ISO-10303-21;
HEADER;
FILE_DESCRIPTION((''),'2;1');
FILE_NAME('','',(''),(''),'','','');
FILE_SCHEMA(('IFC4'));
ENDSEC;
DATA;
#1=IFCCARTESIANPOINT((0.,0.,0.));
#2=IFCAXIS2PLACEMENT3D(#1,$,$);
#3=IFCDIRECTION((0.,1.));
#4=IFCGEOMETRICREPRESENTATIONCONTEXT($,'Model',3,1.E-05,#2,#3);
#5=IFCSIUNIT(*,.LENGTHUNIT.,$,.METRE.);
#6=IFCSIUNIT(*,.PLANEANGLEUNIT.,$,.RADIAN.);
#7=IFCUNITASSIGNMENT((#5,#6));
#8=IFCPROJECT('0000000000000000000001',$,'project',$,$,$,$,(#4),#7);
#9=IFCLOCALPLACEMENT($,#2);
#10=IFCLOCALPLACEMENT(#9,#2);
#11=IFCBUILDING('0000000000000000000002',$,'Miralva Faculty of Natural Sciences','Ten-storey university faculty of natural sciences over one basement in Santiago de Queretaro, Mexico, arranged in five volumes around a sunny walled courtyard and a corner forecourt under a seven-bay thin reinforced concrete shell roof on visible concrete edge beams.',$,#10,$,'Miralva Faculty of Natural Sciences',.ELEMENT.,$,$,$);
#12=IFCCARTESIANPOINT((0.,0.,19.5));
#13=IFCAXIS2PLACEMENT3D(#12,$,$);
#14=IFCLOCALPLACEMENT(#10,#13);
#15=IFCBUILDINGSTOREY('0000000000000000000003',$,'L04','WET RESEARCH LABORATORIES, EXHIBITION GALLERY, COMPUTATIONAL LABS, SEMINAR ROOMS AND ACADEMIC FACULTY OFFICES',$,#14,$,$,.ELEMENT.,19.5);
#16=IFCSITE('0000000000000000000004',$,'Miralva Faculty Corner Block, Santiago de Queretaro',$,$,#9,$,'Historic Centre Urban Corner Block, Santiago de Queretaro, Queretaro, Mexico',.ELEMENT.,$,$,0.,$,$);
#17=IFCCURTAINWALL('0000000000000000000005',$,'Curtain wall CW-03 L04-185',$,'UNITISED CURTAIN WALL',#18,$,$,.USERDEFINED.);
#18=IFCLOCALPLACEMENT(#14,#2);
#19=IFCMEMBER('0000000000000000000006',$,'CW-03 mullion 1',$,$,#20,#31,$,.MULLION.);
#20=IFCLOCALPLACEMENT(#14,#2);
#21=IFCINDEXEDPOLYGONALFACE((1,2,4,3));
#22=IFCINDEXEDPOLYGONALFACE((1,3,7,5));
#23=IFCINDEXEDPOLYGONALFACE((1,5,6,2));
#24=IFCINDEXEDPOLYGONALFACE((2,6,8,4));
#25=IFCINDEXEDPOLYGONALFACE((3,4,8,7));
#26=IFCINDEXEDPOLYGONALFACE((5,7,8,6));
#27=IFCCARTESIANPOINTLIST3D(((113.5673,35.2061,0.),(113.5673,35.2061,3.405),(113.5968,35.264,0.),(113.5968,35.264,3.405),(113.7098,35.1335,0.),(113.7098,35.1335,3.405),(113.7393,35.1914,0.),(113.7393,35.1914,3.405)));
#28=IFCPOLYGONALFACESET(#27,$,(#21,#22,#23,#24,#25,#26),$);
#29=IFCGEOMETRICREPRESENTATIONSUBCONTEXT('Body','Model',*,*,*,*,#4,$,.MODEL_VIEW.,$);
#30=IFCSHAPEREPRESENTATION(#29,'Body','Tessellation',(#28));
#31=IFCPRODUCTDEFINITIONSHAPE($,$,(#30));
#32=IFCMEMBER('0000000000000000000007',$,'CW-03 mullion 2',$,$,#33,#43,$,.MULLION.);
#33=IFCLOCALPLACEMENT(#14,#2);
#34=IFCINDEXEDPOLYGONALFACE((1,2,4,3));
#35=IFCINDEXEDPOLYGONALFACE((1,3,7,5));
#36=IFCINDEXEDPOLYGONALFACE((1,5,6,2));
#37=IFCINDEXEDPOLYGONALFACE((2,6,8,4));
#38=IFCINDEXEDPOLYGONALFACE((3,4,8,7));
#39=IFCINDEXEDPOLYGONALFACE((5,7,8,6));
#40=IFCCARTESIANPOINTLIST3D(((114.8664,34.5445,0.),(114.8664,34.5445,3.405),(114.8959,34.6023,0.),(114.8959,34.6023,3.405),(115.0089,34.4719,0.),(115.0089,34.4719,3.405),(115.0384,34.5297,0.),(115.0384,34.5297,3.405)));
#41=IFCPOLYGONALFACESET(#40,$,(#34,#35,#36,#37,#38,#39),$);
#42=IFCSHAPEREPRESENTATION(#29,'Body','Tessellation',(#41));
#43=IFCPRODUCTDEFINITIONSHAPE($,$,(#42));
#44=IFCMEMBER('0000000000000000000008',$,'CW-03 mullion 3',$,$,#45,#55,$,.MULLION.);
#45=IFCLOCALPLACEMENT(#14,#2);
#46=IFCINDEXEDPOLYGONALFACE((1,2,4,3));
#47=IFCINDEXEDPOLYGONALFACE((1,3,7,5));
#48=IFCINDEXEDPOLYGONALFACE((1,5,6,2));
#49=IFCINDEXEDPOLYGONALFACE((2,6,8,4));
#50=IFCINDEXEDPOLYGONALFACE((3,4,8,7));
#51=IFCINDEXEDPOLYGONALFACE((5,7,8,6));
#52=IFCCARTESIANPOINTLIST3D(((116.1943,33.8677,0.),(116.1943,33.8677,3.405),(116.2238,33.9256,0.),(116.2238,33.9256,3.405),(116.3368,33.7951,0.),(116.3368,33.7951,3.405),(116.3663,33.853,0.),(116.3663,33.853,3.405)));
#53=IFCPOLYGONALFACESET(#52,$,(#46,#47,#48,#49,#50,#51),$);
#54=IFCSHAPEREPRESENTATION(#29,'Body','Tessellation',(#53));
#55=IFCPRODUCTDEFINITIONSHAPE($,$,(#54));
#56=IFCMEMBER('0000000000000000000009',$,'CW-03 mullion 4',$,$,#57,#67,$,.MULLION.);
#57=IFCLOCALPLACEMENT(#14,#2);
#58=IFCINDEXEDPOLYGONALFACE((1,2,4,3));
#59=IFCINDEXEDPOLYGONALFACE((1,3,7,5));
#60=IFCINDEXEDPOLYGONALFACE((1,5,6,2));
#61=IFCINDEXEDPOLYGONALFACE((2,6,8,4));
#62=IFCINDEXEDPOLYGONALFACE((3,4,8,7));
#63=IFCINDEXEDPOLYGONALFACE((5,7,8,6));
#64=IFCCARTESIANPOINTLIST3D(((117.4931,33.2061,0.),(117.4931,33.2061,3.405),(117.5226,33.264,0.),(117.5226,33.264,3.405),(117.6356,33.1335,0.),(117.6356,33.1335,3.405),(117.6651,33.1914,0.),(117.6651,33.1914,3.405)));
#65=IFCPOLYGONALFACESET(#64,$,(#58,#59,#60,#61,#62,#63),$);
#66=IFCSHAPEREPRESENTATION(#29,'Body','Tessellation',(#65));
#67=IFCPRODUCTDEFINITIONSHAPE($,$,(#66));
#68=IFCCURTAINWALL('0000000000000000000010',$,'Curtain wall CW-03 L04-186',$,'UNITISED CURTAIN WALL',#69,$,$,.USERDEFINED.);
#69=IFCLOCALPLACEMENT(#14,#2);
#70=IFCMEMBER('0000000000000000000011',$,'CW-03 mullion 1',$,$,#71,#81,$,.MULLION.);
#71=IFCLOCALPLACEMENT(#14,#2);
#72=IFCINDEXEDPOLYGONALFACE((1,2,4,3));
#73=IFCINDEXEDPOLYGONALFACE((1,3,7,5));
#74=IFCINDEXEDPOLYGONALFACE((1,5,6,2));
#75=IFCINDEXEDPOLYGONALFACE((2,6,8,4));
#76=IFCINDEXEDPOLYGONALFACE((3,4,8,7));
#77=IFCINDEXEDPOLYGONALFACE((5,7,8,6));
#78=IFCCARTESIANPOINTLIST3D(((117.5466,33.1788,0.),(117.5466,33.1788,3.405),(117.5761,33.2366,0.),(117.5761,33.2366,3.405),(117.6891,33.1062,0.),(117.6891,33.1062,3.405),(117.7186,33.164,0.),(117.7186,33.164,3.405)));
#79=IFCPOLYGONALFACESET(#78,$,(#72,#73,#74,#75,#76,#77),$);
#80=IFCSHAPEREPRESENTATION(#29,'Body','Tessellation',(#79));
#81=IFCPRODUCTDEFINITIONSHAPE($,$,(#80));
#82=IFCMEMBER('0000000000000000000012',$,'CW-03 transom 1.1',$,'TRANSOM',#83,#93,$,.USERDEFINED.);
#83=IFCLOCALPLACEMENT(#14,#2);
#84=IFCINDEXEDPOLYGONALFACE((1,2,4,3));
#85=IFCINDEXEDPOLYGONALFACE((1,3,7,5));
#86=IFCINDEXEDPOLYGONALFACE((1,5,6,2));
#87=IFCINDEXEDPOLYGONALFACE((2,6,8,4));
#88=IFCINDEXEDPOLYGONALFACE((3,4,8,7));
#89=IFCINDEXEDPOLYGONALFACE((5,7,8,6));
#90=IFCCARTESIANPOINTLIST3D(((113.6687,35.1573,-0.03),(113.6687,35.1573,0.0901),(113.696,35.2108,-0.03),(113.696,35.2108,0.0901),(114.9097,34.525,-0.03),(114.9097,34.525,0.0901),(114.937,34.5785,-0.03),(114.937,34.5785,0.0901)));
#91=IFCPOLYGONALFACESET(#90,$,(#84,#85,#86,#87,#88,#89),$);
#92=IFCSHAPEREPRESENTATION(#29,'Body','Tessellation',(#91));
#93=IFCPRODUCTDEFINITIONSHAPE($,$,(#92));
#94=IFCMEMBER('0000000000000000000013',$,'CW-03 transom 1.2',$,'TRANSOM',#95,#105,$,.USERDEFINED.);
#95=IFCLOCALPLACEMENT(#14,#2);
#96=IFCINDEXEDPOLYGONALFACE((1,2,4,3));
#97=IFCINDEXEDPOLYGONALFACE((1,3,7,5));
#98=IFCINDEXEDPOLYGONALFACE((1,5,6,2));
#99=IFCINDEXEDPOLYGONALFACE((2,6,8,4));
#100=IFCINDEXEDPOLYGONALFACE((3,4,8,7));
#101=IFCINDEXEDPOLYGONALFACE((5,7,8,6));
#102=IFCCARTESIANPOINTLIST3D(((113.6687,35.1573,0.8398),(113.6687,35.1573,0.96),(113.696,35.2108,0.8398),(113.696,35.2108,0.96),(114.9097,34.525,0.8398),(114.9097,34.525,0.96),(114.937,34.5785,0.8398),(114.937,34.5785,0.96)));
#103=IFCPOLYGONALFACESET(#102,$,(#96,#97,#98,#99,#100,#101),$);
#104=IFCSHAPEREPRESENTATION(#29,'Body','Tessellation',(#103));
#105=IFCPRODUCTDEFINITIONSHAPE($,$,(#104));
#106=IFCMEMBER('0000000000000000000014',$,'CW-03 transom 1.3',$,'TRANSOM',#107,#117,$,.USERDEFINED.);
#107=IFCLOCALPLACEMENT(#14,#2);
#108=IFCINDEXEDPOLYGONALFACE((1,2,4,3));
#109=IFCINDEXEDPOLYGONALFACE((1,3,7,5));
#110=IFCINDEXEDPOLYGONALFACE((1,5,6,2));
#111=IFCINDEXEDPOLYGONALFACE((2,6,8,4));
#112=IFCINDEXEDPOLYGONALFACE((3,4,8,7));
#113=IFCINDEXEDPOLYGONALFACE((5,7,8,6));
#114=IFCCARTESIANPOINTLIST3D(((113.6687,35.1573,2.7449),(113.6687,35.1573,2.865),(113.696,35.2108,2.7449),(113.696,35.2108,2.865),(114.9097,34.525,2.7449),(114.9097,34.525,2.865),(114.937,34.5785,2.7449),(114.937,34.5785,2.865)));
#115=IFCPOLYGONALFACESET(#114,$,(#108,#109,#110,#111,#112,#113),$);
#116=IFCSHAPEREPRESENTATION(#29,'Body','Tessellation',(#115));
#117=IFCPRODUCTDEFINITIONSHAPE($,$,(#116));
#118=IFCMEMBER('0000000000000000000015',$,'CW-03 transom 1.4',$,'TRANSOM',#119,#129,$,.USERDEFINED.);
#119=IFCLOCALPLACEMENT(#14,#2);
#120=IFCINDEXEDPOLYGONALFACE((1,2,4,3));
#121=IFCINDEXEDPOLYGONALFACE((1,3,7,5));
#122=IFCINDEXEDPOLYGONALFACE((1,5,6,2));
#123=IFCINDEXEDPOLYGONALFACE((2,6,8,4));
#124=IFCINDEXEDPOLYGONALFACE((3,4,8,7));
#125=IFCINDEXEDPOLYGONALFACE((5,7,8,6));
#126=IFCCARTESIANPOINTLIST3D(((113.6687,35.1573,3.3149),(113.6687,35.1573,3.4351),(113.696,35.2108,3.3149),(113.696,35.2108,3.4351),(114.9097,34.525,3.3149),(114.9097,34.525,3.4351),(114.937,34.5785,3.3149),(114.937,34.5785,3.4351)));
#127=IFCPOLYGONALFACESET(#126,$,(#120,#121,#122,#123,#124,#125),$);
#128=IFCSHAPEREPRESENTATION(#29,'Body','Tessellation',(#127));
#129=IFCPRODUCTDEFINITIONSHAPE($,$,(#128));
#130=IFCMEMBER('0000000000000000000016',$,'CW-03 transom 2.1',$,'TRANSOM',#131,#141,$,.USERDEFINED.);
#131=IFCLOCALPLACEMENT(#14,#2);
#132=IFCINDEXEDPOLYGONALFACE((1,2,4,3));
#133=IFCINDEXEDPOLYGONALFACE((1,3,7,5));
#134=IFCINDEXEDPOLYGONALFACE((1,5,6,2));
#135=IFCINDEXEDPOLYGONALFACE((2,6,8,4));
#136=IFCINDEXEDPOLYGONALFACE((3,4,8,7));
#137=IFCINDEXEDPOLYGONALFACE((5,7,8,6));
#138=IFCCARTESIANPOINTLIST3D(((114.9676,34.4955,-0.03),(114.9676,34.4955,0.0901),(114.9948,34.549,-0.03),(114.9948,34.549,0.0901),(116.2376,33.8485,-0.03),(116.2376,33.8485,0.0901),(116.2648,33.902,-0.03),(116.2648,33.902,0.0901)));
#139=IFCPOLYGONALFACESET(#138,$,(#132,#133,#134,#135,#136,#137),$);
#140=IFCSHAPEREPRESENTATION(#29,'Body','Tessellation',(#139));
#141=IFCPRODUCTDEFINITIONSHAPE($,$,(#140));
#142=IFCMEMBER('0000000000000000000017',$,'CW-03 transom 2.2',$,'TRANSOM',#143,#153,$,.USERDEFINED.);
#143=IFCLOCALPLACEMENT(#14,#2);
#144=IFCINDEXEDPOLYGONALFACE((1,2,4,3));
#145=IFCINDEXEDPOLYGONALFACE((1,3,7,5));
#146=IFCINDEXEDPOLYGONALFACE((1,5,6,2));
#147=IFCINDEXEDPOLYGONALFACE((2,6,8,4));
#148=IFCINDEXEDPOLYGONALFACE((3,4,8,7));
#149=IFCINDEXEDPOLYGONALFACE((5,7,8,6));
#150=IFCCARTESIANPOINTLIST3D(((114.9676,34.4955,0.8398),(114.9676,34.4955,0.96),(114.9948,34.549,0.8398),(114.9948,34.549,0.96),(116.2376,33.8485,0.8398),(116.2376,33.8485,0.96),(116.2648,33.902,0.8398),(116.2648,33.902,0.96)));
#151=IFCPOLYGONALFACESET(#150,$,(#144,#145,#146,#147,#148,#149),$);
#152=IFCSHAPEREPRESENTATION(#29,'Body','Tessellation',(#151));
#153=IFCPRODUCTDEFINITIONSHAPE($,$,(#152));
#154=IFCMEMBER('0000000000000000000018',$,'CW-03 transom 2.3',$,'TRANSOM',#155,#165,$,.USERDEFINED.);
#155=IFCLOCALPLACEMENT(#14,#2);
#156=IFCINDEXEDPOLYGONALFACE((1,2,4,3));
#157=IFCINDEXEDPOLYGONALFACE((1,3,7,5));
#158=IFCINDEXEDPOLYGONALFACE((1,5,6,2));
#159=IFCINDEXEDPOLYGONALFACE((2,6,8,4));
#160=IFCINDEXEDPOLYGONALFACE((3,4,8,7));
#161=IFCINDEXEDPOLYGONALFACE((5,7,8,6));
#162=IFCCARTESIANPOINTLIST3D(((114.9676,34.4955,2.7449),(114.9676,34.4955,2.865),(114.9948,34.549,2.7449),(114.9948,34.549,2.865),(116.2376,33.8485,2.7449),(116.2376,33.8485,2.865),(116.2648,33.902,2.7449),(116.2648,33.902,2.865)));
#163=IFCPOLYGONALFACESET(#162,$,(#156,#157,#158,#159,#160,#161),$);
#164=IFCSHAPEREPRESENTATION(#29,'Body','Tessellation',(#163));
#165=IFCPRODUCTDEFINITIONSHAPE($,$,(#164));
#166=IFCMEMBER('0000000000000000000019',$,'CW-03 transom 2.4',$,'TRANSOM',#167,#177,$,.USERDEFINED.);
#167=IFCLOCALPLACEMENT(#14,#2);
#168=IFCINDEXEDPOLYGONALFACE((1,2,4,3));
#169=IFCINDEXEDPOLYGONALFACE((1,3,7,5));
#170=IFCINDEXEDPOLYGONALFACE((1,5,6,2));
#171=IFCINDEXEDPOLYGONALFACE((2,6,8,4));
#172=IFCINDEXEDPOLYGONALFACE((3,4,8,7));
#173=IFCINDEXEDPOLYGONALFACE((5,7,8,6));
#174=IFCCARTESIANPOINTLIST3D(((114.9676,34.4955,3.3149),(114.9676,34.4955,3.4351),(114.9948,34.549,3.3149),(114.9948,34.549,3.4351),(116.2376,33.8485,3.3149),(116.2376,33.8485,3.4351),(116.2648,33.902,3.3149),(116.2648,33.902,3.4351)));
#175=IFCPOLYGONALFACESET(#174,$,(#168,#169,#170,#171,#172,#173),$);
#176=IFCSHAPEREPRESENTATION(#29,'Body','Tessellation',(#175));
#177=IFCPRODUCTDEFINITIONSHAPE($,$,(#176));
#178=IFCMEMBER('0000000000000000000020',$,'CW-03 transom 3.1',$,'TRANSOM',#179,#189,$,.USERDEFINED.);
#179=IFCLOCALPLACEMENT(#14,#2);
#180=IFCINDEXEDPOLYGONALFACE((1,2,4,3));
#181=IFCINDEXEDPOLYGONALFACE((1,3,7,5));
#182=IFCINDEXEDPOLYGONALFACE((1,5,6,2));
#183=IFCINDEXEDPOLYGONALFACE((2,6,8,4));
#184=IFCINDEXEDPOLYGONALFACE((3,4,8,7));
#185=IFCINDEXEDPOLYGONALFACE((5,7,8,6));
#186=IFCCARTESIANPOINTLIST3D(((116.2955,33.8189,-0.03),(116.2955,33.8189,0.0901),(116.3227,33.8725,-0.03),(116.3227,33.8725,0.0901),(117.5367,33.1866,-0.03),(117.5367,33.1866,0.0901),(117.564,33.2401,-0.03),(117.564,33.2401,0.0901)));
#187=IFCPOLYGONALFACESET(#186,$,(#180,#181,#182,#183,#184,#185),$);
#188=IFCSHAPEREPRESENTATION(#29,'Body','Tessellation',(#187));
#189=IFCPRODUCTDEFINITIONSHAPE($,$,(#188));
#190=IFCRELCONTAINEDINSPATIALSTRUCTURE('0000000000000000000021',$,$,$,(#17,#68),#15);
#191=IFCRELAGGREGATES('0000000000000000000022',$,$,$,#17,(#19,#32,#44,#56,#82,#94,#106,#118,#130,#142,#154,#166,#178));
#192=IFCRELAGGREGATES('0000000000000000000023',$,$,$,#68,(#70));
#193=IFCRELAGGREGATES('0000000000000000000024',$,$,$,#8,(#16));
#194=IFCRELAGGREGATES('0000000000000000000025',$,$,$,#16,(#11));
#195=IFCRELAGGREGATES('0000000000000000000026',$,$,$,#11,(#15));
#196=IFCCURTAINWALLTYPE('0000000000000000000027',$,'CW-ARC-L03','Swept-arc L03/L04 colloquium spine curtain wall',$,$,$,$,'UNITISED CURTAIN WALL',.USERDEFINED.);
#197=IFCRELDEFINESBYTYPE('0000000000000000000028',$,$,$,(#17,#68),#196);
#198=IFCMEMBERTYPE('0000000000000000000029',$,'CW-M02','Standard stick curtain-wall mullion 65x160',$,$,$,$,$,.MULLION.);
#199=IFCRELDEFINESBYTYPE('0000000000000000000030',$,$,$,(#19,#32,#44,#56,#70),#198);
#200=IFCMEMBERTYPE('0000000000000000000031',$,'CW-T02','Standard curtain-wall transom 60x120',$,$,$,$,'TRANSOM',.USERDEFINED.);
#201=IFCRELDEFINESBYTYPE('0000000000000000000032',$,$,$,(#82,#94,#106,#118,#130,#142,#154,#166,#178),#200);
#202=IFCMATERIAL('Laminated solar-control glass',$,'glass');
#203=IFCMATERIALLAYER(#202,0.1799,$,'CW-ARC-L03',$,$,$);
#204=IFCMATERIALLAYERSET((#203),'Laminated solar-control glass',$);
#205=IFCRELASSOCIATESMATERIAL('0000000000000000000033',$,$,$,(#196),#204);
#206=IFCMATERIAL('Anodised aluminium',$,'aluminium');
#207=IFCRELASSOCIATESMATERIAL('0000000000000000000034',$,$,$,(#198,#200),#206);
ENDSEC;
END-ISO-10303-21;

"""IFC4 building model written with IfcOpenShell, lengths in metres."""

from ifc_helpers import new_model, si_unit, direction, frame, origin, origin_2d, place, context, subcontext, project, spatial, rectangle, extrude, material, layer, layer_set, material_profile, profile_set, type_object, element, aggregate, save


model = new_model("IFC4")

# Units and contexts
model_context = context("Model", 3, precision=1e-05, world=origin(), true_north=direction((0.0, 1.0)))
body_context = subcontext(model_context, "Body", "Model", "MODEL_VIEW")
ifc_project = project(units=[si_unit("LENGTHUNIT", "METRE"), si_unit("PLANEANGLEUNIT", "RADIAN")], contexts=[model_context])

# Site, building, storey
site_placement = place(None, origin())
site = spatial("IfcSite", under=ifc_project, at=site_placement, Name="Miralva Faculty Corner Block, Santiago de Queretaro", LongName="Historic Centre Urban Corner Block, Santiago de Queretaro, Queretaro, Mexico", CompositionType="ELEMENT", RefElevation=0.0)
building_placement = place(site_placement, origin())
building = spatial("IfcBuilding", under=site, at=building_placement, Name="Miralva Faculty of Natural Sciences", Description="Ten-storey university faculty of natural sciences over one basement in Santiago de Queretaro, Mexico, arranged in five volumes around a sunny walled courtyard and a corner forecourt under a seven-bay thin reinforced concrete shell roof on visible concrete edge beams.", LongName="Miralva Faculty of Natural Sciences", CompositionType="ELEMENT")
storey_placement = place(building_placement, frame((0.0, 0.0, 19.5)))
storey = spatial("IfcBuildingStorey", under=building, at=storey_placement, Name="L04", Description="WET RESEARCH LABORATORIES, EXHIBITION GALLERY, COMPUTATIONAL LABS, SEMINAR ROOMS AND ACADEMIC FACULTY OFFICES", CompositionType="ELEMENT", Elevation=19.5)

# Curtain wall, members
ifc_material_1 = material(Name="Laminated solar-control glass", Category="glass")
ifc_layer_1 = layer(ifc_material_1, 0.1799, Name="CW-ARC-L03")
ifc_layer_set_1 = layer_set([ifc_layer_1], Name="Laminated solar-control glass")
curtain_wall_type = type_object("IfcCurtainWallType", Name="CW-ARC-L03", Description="Swept-arc L03/L04 colloquium spine curtain wall", ElementType="UNITISED CURTAIN WALL", PredefinedType="USERDEFINED", material=ifc_layer_set_1)
curtain_wall_1_placement = place(storey_placement, origin())
curtain_wall_1 = element("IfcCurtainWall", 1, at=curtain_wall_1_placement, inside=storey, type_object=curtain_wall_type, Name="Curtain wall CW-03 L04-185", ObjectType="UNITISED CURTAIN WALL", PredefinedType="USERDEFINED")
ifc_material_2 = material(Name="Anodised aluminium", Category="aluminium")
ifc_material_profile_1 = material_profile(ifc_material_2, rectangle(XDim=0.0649, YDim=0.1599, at=origin_2d()), Name="MULLION 65x160")
ifc_profile_set_1 = profile_set([ifc_material_profile_1], Name="Anodised aluminium")
member_type_1 = type_object("IfcMemberType", Name="CW-M02", Description="Standard stick curtain-wall mullion 65x160", PredefinedType="MULLION", material=ifc_profile_set_1)
member_1_placement = place(storey_placement, frame((113.6533, 35.1987, 0.0), z_axis=(0.0, 0.0, 1.0), x_axis=(0.453973, 0.891015, 0.0)))
member_1 = element("IfcMember", 2, at=member_1_placement, type_object=member_type_1, Name="CW-03 mullion 1", PredefinedType="MULLION", context=body_context, shape_type="SweptSolid", body=[
    extrude(rectangle(XDim=0.0649, YDim=0.1599, at=origin_2d()), origin(), (0.0, 0.0, 1.0), 3.405),
])
member_2_placement = place(storey_placement, frame((114.9524, 34.5371, 0.0), z_axis=(0.0, 0.0, 1.0), x_axis=(0.453973, 0.891015, 0.0)))
member_2 = element("IfcMember", 3, at=member_2_placement, type_object=member_type_1, Name="CW-03 mullion 2", PredefinedType="MULLION", context=body_context, shape_type="SweptSolid", body=[
    extrude(rectangle(XDim=0.0649, YDim=0.1599, at=origin_2d()), origin(), (0.0, 0.0, 1.0), 3.405),
])
member_3_placement = place(storey_placement, frame((116.2803, 33.8604, 0.0), z_axis=(0.0, 0.0, 1.0), x_axis=(0.453973, 0.891015, 0.0)))
member_3 = element("IfcMember", 4, at=member_3_placement, type_object=member_type_1, Name="CW-03 mullion 3", PredefinedType="MULLION", context=body_context, shape_type="SweptSolid", body=[
    extrude(rectangle(XDim=0.0649, YDim=0.1599, at=origin_2d()), origin(), (0.0, 0.0, 1.0), 3.405),
])
member_4_placement = place(storey_placement, frame((117.5791, 33.1987, 0.0), z_axis=(0.0, 0.0, 1.0), x_axis=(0.453973, 0.891015, 0.0)))
member_4 = element("IfcMember", 5, at=member_4_placement, type_object=member_type_1, Name="CW-03 mullion 4", PredefinedType="MULLION", context=body_context, shape_type="SweptSolid", body=[
    extrude(rectangle(XDim=0.0649, YDim=0.1599, at=origin_2d()), origin(), (0.0, 0.0, 1.0), 3.405),
])

# Curtain wall, member
curtain_wall_2_placement = place(storey_placement, origin())
curtain_wall_2 = element("IfcCurtainWall", 6, at=curtain_wall_2_placement, inside=storey, type_object=curtain_wall_type, Name="Curtain wall CW-03 L04-186", ObjectType="UNITISED CURTAIN WALL", PredefinedType="USERDEFINED")
member_5_placement = place(storey_placement, frame((117.6326, 33.1714, 0.0), z_axis=(0.0, 0.0, 1.0), x_axis=(0.454001, 0.891001, 0.0)))
member_5 = element("IfcMember", 7, at=member_5_placement, type_object=member_type_1, Name="CW-03 mullion 1", PredefinedType="MULLION", context=body_context, shape_type="SweptSolid", body=[
    extrude(rectangle(XDim=0.0649, YDim=0.1599, at=origin_2d()), origin(), (0.0, 0.0, 1.0), 3.405),
])

# Members
ifc_material_profile_2 = material_profile(ifc_material_2, rectangle(XDim=0.0601, YDim=0.1201, at=origin_2d()), Name="TRANSOM 60x120")
ifc_profile_set_2 = profile_set([ifc_material_profile_2], Name="Anodised aluminium")
member_type_2 = type_object("IfcMemberType", Name="CW-T02", Description="Standard curtain-wall transom 60x120", ElementType="TRANSOM", PredefinedType="USERDEFINED", material=ifc_profile_set_2)
member_6_placement = place(storey_placement, frame((113.6824, 35.1841, 0.03), z_axis=(0.891001, -0.454002, 0.0), x_axis=(0.454002, 0.891001, 0.0)))
member_6 = element("IfcMember", 8, at=member_6_placement, type_object=member_type_2, Name="CW-03 transom 1.1", ObjectType="TRANSOM", PredefinedType="USERDEFINED", context=body_context, shape_type="SweptSolid", body=[
    extrude(rectangle(XDim=0.0601, YDim=0.1201, at=origin_2d()), origin(), (0.0, 0.0, 1.0), 1.3928),
])
member_7_placement = place(storey_placement, frame((113.6824, 35.1841, 0.8999), z_axis=(0.891001, -0.454002, 0.0), x_axis=(0.454002, 0.891001, 0.0)))
member_7 = element("IfcMember", 9, at=member_7_placement, type_object=member_type_2, Name="CW-03 transom 1.2", ObjectType="TRANSOM", PredefinedType="USERDEFINED", context=body_context, shape_type="SweptSolid", body=[
    extrude(rectangle(XDim=0.0601, YDim=0.1201, at=origin_2d()), origin(), (0.0, 0.0, 1.0), 1.3928),
])
member_8_placement = place(storey_placement, frame((113.6824, 35.1841, 2.8049), z_axis=(0.891001, -0.454002, 0.0), x_axis=(0.454002, 0.891001, 0.0)))
member_8 = element("IfcMember", 10, at=member_8_placement, type_object=member_type_2, Name="CW-03 transom 1.3", ObjectType="TRANSOM", PredefinedType="USERDEFINED", context=body_context, shape_type="SweptSolid", body=[
    extrude(rectangle(XDim=0.0601, YDim=0.1201, at=origin_2d()), origin(), (0.0, 0.0, 1.0), 1.3928),
])
member_9_placement = place(storey_placement, frame((113.6824, 35.1841, 3.375), z_axis=(0.891001, -0.454002, 0.0), x_axis=(0.454002, 0.891001, 0.0)))
member_9 = element("IfcMember", 11, at=member_9_placement, type_object=member_type_2, Name="CW-03 transom 1.4", ObjectType="TRANSOM", PredefinedType="USERDEFINED", context=body_context, shape_type="SweptSolid", body=[
    extrude(rectangle(XDim=0.0601, YDim=0.1201, at=origin_2d()), origin(), (0.0, 0.0, 1.0), 1.3928),
])
member_10_placement = place(storey_placement, frame((114.9812, 34.5222, 0.03), z_axis=(0.891045, -0.453916, 0.0), x_axis=(0.453916, 0.891045, 0.0)))
member_10 = element("IfcMember", 12, at=member_10_placement, type_object=member_type_2, Name="CW-03 transom 2.1", ObjectType="TRANSOM", PredefinedType="USERDEFINED", context=body_context, shape_type="SweptSolid", body=[
    extrude(rectangle(XDim=0.0601, YDim=0.1201, at=origin_2d()), origin(), (0.0, 0.0, 1.0), 1.4253),
])
member_11_placement = place(storey_placement, frame((114.9812, 34.5222, 0.8999), z_axis=(0.891045, -0.453916, 0.0), x_axis=(0.453916, 0.891045, 0.0)))
member_11 = element("IfcMember", 13, at=member_11_placement, type_object=member_type_2, Name="CW-03 transom 2.2", ObjectType="TRANSOM", PredefinedType="USERDEFINED", context=body_context, shape_type="SweptSolid", body=[
    extrude(rectangle(XDim=0.0601, YDim=0.1201, at=origin_2d()), origin(), (0.0, 0.0, 1.0), 1.4253),
])
member_12_placement = place(storey_placement, frame((114.9812, 34.5222, 2.8049), z_axis=(0.891045, -0.453916, 0.0), x_axis=(0.453916, 0.891045, 0.0)))
member_12 = element("IfcMember", 14, at=member_12_placement, type_object=member_type_2, Name="CW-03 transom 2.3", ObjectType="TRANSOM", PredefinedType="USERDEFINED", context=body_context, shape_type="SweptSolid", body=[
    extrude(rectangle(XDim=0.0601, YDim=0.1201, at=origin_2d()), origin(), (0.0, 0.0, 1.0), 1.4253),
])
member_13_placement = place(storey_placement, frame((114.9812, 34.5222, 3.375), z_axis=(0.891045, -0.453916, 0.0), x_axis=(0.453916, 0.891045, 0.0)))
member_13 = element("IfcMember", 15, at=member_13_placement, type_object=member_type_2, Name="CW-03 transom 2.4", ObjectType="TRANSOM", PredefinedType="USERDEFINED", context=body_context, shape_type="SweptSolid", body=[
    extrude(rectangle(XDim=0.0601, YDim=0.1201, at=origin_2d()), origin(), (0.0, 0.0, 1.0), 1.4253),
])
member_14_placement = place(storey_placement, frame((116.3091, 33.8457, 0.03), z_axis=(0.891037, -0.453931, 0.0), x_axis=(0.453931, 0.891037, 0.0)))
member_14 = element("IfcMember", 16, at=member_14_placement, type_object=member_type_2, Name="CW-03 transom 3.1", ObjectType="TRANSOM", PredefinedType="USERDEFINED", context=body_context, shape_type="SweptSolid", body=[
    extrude(rectangle(XDim=0.0601, YDim=0.1201, at=origin_2d()), origin(), (0.0, 0.0, 1.0), 1.3931),
])

aggregate(curtain_wall_1, [member_1, member_2, member_3, member_4, member_6, member_7, member_8, member_9, member_10, member_11, member_12, member_13, member_14])
aggregate(curtain_wall_2, [member_5])

save(model, "model.ifc")
